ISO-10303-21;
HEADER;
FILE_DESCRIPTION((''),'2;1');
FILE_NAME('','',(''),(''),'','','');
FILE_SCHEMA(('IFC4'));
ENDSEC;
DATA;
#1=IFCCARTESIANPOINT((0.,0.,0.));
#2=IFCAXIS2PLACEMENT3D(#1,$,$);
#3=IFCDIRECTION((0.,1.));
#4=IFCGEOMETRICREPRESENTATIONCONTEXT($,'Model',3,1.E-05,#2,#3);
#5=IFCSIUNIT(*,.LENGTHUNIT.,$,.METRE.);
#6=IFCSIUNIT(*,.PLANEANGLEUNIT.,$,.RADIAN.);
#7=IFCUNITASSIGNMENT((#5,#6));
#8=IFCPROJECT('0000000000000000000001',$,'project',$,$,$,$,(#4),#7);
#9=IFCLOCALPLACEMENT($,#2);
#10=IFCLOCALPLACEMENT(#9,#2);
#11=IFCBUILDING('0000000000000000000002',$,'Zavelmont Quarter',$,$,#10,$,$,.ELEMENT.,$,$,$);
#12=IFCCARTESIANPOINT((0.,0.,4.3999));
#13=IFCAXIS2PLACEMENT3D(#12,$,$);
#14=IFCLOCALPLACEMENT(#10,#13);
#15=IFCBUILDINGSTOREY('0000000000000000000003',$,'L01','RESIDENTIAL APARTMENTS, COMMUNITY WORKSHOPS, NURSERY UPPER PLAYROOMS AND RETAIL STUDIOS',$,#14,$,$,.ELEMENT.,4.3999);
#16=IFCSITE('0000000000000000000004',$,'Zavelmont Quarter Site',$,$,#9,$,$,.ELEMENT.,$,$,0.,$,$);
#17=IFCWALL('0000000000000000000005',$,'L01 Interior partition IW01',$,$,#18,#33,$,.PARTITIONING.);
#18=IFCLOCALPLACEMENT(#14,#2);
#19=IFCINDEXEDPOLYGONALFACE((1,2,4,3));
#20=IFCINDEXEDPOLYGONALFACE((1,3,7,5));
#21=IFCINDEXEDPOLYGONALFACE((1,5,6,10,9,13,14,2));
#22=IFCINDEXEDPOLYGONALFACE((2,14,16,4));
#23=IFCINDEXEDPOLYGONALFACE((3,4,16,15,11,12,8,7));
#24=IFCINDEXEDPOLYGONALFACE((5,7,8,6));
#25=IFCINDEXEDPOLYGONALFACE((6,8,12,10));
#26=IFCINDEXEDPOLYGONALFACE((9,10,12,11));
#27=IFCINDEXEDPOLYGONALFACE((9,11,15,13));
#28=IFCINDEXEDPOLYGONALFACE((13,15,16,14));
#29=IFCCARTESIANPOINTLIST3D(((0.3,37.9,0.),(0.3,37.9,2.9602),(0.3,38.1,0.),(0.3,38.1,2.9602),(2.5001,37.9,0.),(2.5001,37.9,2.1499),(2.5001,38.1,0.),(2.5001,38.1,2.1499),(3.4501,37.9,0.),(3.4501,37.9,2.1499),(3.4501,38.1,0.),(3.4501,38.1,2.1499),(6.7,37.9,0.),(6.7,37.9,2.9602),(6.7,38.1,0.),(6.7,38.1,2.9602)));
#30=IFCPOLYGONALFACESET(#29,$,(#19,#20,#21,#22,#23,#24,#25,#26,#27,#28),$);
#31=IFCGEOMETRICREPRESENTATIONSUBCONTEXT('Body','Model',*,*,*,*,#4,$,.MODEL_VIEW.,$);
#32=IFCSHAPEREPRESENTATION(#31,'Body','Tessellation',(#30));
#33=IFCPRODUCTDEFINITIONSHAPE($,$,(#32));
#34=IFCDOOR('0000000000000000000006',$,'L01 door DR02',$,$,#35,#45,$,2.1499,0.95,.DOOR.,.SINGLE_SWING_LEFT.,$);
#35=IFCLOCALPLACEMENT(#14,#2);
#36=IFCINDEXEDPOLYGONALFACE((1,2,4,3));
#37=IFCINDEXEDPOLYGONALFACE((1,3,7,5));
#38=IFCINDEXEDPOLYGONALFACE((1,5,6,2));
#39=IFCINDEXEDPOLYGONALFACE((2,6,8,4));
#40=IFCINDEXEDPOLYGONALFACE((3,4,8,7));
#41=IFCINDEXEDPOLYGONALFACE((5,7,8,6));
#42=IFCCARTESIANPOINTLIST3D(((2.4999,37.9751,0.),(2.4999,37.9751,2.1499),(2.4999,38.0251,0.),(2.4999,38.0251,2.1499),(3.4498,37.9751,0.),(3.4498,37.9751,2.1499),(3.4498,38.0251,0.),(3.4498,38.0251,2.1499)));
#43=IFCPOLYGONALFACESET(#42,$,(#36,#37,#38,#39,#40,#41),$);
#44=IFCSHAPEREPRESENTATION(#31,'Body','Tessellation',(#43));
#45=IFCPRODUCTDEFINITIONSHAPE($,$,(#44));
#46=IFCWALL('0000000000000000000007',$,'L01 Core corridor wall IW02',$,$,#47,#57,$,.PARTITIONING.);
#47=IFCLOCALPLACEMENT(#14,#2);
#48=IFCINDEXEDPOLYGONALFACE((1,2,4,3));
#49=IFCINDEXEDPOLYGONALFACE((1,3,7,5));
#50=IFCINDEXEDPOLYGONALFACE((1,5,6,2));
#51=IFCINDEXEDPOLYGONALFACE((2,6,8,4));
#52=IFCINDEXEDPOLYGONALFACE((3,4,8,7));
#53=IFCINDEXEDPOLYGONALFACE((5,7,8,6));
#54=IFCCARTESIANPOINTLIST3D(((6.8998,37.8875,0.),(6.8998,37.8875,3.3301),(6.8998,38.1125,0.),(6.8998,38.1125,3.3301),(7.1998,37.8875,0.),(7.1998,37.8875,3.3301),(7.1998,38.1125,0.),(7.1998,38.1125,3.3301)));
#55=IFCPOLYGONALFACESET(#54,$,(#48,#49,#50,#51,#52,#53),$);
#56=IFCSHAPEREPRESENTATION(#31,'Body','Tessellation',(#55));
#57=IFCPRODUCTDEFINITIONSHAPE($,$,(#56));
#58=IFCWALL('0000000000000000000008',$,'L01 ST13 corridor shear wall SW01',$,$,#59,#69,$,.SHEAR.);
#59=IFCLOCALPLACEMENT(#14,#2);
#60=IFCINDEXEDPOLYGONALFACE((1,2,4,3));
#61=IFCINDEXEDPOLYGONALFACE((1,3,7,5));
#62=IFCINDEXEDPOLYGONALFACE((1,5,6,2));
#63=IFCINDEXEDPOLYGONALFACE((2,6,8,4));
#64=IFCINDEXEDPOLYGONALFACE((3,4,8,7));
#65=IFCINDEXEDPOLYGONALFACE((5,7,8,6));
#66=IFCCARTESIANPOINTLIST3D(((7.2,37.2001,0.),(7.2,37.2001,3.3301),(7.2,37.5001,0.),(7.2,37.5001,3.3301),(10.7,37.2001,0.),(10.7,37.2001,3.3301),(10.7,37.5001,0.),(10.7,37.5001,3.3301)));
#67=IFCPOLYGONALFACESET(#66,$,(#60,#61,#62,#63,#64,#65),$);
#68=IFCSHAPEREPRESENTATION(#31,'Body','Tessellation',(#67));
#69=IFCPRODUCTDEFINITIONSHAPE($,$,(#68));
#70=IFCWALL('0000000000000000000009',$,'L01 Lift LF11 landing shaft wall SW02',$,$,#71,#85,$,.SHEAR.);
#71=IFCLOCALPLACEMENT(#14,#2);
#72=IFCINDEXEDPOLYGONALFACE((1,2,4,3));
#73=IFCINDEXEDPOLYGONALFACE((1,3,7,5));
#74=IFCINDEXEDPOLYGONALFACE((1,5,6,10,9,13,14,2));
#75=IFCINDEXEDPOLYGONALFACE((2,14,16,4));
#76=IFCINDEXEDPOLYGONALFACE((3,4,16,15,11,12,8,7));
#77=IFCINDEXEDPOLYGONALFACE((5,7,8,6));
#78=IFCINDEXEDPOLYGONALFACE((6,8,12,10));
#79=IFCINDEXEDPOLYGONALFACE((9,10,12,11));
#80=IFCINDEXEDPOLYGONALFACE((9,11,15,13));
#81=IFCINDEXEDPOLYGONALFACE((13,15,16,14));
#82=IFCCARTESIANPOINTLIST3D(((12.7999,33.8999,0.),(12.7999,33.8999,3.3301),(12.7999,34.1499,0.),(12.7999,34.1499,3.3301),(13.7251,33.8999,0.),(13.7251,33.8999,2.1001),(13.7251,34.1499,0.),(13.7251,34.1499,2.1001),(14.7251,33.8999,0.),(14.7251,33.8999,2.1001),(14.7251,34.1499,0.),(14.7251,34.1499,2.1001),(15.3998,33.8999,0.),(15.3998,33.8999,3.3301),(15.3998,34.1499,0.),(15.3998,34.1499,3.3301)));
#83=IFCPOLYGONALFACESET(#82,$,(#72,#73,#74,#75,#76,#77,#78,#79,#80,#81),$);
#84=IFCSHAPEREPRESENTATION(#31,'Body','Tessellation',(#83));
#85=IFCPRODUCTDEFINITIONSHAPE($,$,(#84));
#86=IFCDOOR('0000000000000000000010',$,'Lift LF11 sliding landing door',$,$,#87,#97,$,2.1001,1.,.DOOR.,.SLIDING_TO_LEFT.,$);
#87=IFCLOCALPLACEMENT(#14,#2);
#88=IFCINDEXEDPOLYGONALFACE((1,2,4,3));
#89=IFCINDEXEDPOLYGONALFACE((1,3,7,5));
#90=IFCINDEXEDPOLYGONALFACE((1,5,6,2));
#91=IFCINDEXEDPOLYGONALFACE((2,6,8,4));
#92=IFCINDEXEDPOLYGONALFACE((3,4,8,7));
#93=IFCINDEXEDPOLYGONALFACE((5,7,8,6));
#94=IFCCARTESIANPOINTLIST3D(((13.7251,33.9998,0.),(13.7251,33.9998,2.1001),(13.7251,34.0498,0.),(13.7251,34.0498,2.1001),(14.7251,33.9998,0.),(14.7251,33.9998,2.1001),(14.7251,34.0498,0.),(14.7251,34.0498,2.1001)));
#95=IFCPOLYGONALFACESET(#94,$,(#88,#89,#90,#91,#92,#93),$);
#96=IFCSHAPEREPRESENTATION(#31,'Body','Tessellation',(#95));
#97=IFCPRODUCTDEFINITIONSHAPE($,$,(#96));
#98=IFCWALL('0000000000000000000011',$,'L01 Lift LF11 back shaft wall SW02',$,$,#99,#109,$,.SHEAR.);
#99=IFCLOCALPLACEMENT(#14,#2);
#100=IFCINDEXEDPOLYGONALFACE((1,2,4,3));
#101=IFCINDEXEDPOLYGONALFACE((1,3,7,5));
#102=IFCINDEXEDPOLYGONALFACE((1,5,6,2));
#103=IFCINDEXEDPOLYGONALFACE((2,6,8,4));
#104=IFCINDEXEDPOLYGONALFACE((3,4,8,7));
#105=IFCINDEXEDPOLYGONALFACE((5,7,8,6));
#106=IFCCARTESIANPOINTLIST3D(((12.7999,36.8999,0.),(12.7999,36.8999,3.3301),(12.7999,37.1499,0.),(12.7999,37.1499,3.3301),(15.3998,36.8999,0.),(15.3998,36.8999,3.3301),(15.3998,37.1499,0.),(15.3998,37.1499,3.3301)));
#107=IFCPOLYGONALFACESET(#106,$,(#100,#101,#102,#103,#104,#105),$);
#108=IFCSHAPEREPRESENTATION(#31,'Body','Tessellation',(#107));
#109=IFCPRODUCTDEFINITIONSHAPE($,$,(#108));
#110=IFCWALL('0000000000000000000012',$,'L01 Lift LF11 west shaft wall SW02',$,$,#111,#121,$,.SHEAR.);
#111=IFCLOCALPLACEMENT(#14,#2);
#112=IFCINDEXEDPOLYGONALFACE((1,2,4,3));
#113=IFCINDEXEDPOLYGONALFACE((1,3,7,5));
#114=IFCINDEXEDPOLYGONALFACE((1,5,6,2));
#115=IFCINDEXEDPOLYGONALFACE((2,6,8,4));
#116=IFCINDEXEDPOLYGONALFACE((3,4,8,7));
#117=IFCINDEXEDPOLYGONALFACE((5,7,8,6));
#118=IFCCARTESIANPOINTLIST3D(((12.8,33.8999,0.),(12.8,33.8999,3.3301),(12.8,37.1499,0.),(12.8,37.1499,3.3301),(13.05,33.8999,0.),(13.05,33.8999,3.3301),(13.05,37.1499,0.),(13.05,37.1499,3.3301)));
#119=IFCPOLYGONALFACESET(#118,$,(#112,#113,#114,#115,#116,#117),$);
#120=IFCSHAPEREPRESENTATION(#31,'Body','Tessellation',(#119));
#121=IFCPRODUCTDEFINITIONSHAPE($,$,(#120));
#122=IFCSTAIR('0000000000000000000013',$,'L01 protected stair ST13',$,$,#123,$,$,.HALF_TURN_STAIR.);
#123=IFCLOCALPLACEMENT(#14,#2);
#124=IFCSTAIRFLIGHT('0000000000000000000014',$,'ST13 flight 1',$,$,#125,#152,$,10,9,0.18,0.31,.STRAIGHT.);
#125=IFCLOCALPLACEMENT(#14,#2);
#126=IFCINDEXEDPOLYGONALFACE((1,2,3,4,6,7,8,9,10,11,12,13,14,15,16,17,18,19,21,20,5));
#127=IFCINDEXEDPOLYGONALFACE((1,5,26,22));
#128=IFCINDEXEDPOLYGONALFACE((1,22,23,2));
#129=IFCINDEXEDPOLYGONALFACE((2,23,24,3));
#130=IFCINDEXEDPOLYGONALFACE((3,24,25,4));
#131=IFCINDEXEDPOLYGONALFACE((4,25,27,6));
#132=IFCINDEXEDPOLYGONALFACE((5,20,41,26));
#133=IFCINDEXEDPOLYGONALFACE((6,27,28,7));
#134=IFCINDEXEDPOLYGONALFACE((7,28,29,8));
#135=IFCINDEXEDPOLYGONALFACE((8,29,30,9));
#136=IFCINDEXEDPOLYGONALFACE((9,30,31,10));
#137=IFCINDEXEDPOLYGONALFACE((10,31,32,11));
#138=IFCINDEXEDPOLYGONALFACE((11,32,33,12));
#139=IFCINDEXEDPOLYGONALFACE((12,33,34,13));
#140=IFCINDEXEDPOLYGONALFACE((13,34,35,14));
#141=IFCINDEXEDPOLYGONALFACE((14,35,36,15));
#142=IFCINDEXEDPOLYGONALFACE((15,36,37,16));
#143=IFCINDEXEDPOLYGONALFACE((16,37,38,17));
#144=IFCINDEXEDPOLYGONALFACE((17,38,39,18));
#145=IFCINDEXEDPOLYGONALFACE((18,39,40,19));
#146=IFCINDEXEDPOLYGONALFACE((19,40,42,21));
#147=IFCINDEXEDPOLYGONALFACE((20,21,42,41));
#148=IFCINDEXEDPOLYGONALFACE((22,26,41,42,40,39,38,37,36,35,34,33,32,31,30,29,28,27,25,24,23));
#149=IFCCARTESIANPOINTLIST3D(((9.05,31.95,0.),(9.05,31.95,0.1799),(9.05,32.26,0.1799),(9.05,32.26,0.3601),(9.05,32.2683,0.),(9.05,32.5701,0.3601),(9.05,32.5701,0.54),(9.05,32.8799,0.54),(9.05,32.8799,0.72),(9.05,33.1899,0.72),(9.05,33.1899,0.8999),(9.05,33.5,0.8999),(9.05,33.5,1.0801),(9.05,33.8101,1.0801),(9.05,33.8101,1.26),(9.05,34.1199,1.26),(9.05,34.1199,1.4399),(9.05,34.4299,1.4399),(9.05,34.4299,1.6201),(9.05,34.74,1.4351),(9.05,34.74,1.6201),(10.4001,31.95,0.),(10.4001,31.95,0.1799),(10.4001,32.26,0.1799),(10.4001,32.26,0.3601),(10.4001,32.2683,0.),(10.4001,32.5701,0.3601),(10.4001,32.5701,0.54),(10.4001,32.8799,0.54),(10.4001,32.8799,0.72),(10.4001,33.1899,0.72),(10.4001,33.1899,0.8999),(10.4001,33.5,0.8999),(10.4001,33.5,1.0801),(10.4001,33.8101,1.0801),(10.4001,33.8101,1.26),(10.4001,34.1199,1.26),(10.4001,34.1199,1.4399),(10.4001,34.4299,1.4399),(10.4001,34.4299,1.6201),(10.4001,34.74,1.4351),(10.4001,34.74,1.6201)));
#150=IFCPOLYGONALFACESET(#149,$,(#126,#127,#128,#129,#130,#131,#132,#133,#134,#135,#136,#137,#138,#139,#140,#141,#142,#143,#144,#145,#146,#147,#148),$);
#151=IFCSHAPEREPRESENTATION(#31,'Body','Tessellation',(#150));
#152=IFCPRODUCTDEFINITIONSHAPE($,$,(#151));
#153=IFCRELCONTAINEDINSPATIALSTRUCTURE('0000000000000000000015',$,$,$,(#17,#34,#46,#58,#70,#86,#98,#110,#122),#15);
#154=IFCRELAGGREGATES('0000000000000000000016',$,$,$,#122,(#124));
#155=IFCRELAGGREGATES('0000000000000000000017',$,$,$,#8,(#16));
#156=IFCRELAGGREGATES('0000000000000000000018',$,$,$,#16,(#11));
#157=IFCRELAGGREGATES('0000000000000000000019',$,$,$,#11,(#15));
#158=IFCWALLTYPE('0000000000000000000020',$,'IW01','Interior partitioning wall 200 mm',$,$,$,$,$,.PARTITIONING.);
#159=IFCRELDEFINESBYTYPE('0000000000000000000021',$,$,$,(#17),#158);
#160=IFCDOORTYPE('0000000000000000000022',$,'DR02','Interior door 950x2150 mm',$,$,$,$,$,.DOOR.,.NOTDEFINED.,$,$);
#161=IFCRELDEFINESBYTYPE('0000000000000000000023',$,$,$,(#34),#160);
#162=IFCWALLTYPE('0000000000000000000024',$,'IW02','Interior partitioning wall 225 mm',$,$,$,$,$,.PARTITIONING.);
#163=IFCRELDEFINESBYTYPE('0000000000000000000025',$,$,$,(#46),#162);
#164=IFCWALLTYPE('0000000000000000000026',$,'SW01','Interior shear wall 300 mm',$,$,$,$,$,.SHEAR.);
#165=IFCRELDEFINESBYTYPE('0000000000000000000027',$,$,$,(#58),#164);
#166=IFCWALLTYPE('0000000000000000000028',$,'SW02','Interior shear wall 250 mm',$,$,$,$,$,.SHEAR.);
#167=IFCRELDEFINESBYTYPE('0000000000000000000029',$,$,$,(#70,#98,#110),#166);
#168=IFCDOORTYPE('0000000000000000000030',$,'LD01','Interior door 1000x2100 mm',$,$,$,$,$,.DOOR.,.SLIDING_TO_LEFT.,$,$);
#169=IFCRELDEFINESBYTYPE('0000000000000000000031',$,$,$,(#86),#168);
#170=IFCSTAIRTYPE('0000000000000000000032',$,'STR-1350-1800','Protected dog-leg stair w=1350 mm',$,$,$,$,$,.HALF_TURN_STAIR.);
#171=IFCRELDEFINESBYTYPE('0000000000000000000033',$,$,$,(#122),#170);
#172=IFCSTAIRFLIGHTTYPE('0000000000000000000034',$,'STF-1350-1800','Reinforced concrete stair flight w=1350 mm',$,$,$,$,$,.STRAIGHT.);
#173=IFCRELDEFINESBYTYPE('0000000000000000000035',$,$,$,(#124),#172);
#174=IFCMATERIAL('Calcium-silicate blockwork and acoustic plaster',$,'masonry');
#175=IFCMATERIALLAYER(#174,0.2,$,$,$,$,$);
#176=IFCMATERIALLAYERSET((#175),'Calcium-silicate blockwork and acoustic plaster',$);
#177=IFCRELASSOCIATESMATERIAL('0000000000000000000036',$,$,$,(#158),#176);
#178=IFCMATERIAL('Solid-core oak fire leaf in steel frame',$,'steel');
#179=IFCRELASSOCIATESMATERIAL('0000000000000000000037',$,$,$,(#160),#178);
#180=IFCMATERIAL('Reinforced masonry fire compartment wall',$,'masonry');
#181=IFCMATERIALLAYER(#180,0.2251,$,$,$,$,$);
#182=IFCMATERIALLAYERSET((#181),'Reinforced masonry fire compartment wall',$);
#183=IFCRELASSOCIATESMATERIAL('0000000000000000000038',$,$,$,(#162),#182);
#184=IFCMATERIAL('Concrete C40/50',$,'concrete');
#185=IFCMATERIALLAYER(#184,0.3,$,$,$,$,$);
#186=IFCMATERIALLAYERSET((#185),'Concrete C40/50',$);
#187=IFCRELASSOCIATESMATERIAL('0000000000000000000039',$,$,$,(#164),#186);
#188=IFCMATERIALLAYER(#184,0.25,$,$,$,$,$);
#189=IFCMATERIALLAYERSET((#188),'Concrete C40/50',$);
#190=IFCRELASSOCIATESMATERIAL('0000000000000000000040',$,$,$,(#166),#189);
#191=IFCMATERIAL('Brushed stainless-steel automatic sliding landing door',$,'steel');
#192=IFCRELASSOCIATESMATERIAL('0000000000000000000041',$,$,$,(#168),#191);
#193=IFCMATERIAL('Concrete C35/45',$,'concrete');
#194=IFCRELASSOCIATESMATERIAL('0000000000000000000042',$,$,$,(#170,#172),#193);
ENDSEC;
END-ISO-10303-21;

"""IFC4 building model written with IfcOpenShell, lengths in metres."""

from ifc_helpers import new_model, si_unit, direction, frame, frame_2d, origin, origin_with_axes, place, context, subcontext, project, spatial, polyline, rectangle, outline, extrude, material, layer, layer_set, type_object, element, fill, aggregate, save


model = new_model("IFC4")

# Units and contexts
model_context = context("Model", 3, precision=1e-05, world=origin(), true_north=direction((0.0, 1.0)))
body_context = subcontext(model_context, "Body", "Model", "MODEL_VIEW")
ifc_project = project(units=[si_unit("LENGTHUNIT", "METRE"), si_unit("PLANEANGLEUNIT", "RADIAN")], contexts=[model_context])

# Site, building, storey
site_placement = place(None, origin())
site = spatial("IfcSite", under=ifc_project, at=site_placement, Name="Zavelmont Quarter Site", CompositionType="ELEMENT", RefElevation=0.0)
building_placement = place(site_placement, origin())
building = spatial("IfcBuilding", under=site, at=building_placement, Name="Zavelmont Quarter", CompositionType="ELEMENT")
storey_placement = place(building_placement, frame((0.0, 0.0, 4.3999)))
storey = spatial("IfcBuildingStorey", under=building, at=storey_placement, Name="L01", Description="RESIDENTIAL APARTMENTS, COMMUNITY WORKSHOPS, NURSERY UPPER PLAYROOMS AND RETAIL STUDIOS", CompositionType="ELEMENT", Elevation=4.3999)

# Shared definitions
ifc_material_1 = material(Name="Concrete C35/45", Category="concrete")

# Shared definitions
ifc_material_2 = material(Name="Concrete C40/50", Category="concrete")

# Shared definitions
ifc_material_3 = material(Name="Calcium-silicate blockwork and acoustic plaster", Category="masonry")
ifc_layer_1 = layer(ifc_material_3, 0.2)
ifc_layer_set_1 = layer_set([ifc_layer_1], Name="Calcium-silicate blockwork and acoustic plaster")
wall_type_1 = type_object("IfcWallType", Name="IW01", Description="Interior partitioning wall 200 mm", PredefinedType="PARTITIONING", material=ifc_layer_set_1)
ifc_material_4 = material(Name="Solid-core oak fire leaf in steel frame", Category="steel")

# Wall, opening, door
wall_1_placement = place(storey_placement, frame((0.3, 38.0, 0.0), z_axis=(0.0, 0.0, 1.0), x_axis=(1.0, 0.0, 0.0)))
wall_1 = element("IfcWall", 1, at=wall_1_placement, inside=storey, type_object=wall_type_1, Name="L01 Interior partition IW01", PredefinedType="PARTITIONING", context=body_context, shape_type="SweptSolid", body=[
    extrude(rectangle(XDim=6.3999, YDim=0.2, at=frame_2d((3.2, 0.0))), origin(), (0.0, 0.0, 1.0), 2.9602),
])
opening_1_placement = place(wall_1_placement, frame((2.2, 0.0, 0.0)))
opening_1 = element("IfcOpeningElement", 2, at=opening_1_placement, cuts=wall_1, PredefinedType="OPENING", context=body_context, shape_type="SweptSolid", body=[
    extrude(rectangle(XDim=0.95, YDim=2.1499, at=frame_2d((0.4751, 1.075))), frame((0.0, 0.1118, 0.0), z_axis=(0.0, -1.0, 0.0), x_axis=(1.0, 0.0, 0.0)), (0.0, 0.0, 1.0), 0.2239),
])
door_type_1 = type_object("IfcDoorType", Name="DR02", Description="Interior door 950x2150 mm", OperationType="NOTDEFINED", PredefinedType="DOOR", material=ifc_material_4)
door_1_placement = place(opening_1_placement, frame((0.95, 0.0, 0.0), z_axis=(0.0, 0.0, 1.0), x_axis=(-1.0, 0.0, 0.0)))
door_1 = element("IfcDoor", 3, at=door_1_placement, inside=storey, type_object=door_type_1, Name="L01 door DR02", OperationType="SINGLE_SWING_LEFT", OverallHeight=2.1499, OverallWidth=0.95, PredefinedType="DOOR", context=body_context, shape_type="SweptSolid", body=[
    extrude(rectangle(XDim=0.95, YDim=2.1499, at=frame_2d((0.4751, 1.075))), frame((0.0, 0.0249, 0.0), z_axis=(0.0, -1.0, 0.0), x_axis=(1.0, 0.0, 0.0)), (0.0, 0.0, 1.0), 0.05),
])
fill(opening_1, door_1)
ifc_material_5 = material(Name="Reinforced masonry fire compartment wall", Category="masonry")
ifc_layer_2 = layer(ifc_material_5, 0.2251)
ifc_layer_set_2 = layer_set([ifc_layer_2], Name="Reinforced masonry fire compartment wall")
wall_type_2 = type_object("IfcWallType", Name="IW02", Description="Interior partitioning wall 225 mm", PredefinedType="PARTITIONING", material=ifc_layer_set_2)

# Wall
wall_2_placement = place(storey_placement, frame((6.8999, 38.0, 0.0), z_axis=(0.0, 0.0, 1.0), x_axis=(1.0, 0.0, 0.0)))
element("IfcWall", 4, at=wall_2_placement, inside=storey, type_object=wall_type_2, Name="L01 Core corridor wall IW02", PredefinedType="PARTITIONING", context=body_context, shape_type="SweptSolid", body=[
    extrude(rectangle(XDim=0.3, YDim=0.2251, at=frame_2d((0.1499, 0.0))), origin(), (0.0, 0.0, 1.0), 3.3301),
])

# Wall
ifc_layer_3 = layer(ifc_material_2, 0.3)
ifc_layer_set_3 = layer_set([ifc_layer_3], Name="Concrete C40/50")
wall_type_3 = type_object("IfcWallType", Name="SW01", Description="Interior shear wall 300 mm", PredefinedType="SHEAR", material=ifc_layer_set_3)
wall_3_placement = place(storey_placement, frame((7.2, 37.3501, 0.0), z_axis=(0.0, 0.0, 1.0), x_axis=(1.0, 0.0, 0.0)))
element("IfcWall", 5, at=wall_3_placement, inside=storey, type_object=wall_type_3, Name="L01 ST13 corridor shear wall SW01", PredefinedType="SHEAR", context=body_context, shape_type="SweptSolid", body=[
    extrude(rectangle(XDim=3.5, YDim=0.3, at=frame_2d((1.75, 0.0))), origin(), (0.0, 0.0, 1.0), 3.3301),
])

# Wall, opening, door
ifc_layer_4 = layer(ifc_material_2, 0.25)
ifc_layer_set_4 = layer_set([ifc_layer_4], Name="Concrete C40/50")
wall_type_4 = type_object("IfcWallType", Name="SW02", Description="Interior shear wall 250 mm", PredefinedType="SHEAR", material=ifc_layer_set_4)
wall_4_placement = place(storey_placement, frame((12.8, 34.0249, 0.0), z_axis=(0.0, 0.0, 1.0), x_axis=(1.0, 0.0, 0.0)))
wall_4 = element("IfcWall", 6, at=wall_4_placement, inside=storey, type_object=wall_type_4, Name="L01 Lift LF11 landing shaft wall SW02", PredefinedType="SHEAR", context=body_context, shape_type="SweptSolid", body=[
    extrude(rectangle(XDim=2.5999, YDim=0.25, at=frame_2d((1.2998, 0.0))), origin(), (0.0, 0.0, 1.0), 3.3301),
])
opening_2_placement = place(wall_4_placement, frame((0.925, 0.0, 0.0)))
opening_2 = element("IfcOpeningElement", 7, at=opening_2_placement, cuts=wall_4, PredefinedType="OPENING", context=body_context, shape_type="SweptSolid", body=[
    extrude(rectangle(XDim=1.0, YDim=2.1001, at=frame_2d((0.5, 1.05))), frame((0.0, 0.137, 0.0), z_axis=(0.0, -1.0, 0.0), x_axis=(1.0, 0.0, 0.0)), (0.0, 0.0, 1.0), 0.2739),
])
ifc_material_6 = material(Name="Brushed stainless-steel automatic sliding landing door", Category="steel")
door_type_2 = type_object("IfcDoorType", Name="LD01", Description="Interior door 1000x2100 mm", OperationType="SLIDING_TO_LEFT", PredefinedType="DOOR", material=ifc_material_6)
door_2_placement = place(opening_2_placement, origin_with_axes())
door_2 = element("IfcDoor", 8, at=door_2_placement, inside=storey, type_object=door_type_2, Name="Lift LF11 sliding landing door", OperationType="SLIDING_TO_LEFT", OverallHeight=2.1001, OverallWidth=1.0, PredefinedType="DOOR", context=body_context, shape_type="SweptSolid", body=[
    extrude(rectangle(XDim=1.0, YDim=2.1001, at=frame_2d((0.5, 1.05))), frame((0.0, 0.0249, 0.0), z_axis=(0.0, -1.0, 0.0), x_axis=(1.0, 0.0, 0.0)), (0.0, 0.0, 1.0), 0.05),
])
fill(opening_2, door_2)

# Walls
wall_5_placement = place(storey_placement, frame((12.8, 37.0249, 0.0), z_axis=(0.0, 0.0, 1.0), x_axis=(1.0, 0.0, 0.0)))
element("IfcWall", 9, at=wall_5_placement, inside=storey, type_object=wall_type_4, Name="L01 Lift LF11 back shaft wall SW02", PredefinedType="SHEAR", context=body_context, shape_type="SweptSolid", body=[
    extrude(rectangle(XDim=2.5999, YDim=0.25, at=frame_2d((1.2998, 0.0))), origin(), (0.0, 0.0, 1.0), 3.3301),
])
wall_6_placement = place(storey_placement, frame((12.925, 33.8999, 0.0), z_axis=(0.0, 0.0, 1.0), x_axis=(0.0, 1.0, 0.0)))
element("IfcWall", 10, at=wall_6_placement, inside=storey, type_object=wall_type_4, Name="L01 Lift LF11 west shaft wall SW02", PredefinedType="SHEAR", context=body_context, shape_type="SweptSolid", body=[
    extrude(rectangle(XDim=3.25, YDim=0.25, at=frame_2d((1.625, 0.0))), origin(), (0.0, 0.0, 1.0), 3.3301),
])

# Stair, stair flight
stair_type = type_object("IfcStairType", Name="STR-1350-1800", Description="Protected dog-leg stair w=1350 mm", PredefinedType="HALF_TURN_STAIR", material=ifc_material_1)
stair_placement = place(storey_placement, origin())
stair = element("IfcStair", 11, at=stair_placement, inside=storey, type_object=stair_type, Name="L01 protected stair ST13", PredefinedType="HALF_TURN_STAIR")
stair_flight_type = type_object("IfcStairFlightType", Name="STF-1350-1800", Description="Reinforced concrete stair flight w=1350 mm", PredefinedType="STRAIGHT", material=ifc_material_1)
stair_flight_1_placement = place(storey_placement, frame((9.7251, 31.95, 0.0), z_axis=(0.0, 0.0, 1.0), x_axis=(0.0, 1.0, 0.0)))
stair_flight_1 = element("IfcStairFlight", 12, at=stair_flight_1_placement, type_object=stair_flight_type, Name="ST13 flight 1", NumberOfRisers=10, NumberOfTreads=9, PredefinedType="STRAIGHT", RiserHeight=0.18, TreadLength=0.31, context=body_context, shape_type="SweptSolid", body=[
    extrude(outline(polyline([(0.0, 0.0), (0.0, 0.1799), (0.3101, 0.1799), (0.3101, 0.3601), (0.6201, 0.3601), (0.6201, 0.54), (0.9299, 0.54), (0.9299, 0.72), (1.24, 0.72), (1.24, 0.8999), (1.55, 0.8999), (1.55, 1.0801), (1.8601, 1.0801), (1.8601, 1.26), (2.1699, 1.26), (2.1699, 1.4399), (2.48, 1.4399), (2.48, 1.6201), (2.79, 1.6201), (2.79, 1.8), (2.79, 1.4351), (0.3184, 0.0), (0.0, 0.0)])), frame((0.0, 0.675, 0.0), z_axis=(0.0, -1.0, 0.0), x_axis=(1.0, 0.0, 0.0)), (0.0, 0.0, 1.0), 1.3501),
])
aggregate(stair, [stair_flight_1])

save(model, "model.ifc")
